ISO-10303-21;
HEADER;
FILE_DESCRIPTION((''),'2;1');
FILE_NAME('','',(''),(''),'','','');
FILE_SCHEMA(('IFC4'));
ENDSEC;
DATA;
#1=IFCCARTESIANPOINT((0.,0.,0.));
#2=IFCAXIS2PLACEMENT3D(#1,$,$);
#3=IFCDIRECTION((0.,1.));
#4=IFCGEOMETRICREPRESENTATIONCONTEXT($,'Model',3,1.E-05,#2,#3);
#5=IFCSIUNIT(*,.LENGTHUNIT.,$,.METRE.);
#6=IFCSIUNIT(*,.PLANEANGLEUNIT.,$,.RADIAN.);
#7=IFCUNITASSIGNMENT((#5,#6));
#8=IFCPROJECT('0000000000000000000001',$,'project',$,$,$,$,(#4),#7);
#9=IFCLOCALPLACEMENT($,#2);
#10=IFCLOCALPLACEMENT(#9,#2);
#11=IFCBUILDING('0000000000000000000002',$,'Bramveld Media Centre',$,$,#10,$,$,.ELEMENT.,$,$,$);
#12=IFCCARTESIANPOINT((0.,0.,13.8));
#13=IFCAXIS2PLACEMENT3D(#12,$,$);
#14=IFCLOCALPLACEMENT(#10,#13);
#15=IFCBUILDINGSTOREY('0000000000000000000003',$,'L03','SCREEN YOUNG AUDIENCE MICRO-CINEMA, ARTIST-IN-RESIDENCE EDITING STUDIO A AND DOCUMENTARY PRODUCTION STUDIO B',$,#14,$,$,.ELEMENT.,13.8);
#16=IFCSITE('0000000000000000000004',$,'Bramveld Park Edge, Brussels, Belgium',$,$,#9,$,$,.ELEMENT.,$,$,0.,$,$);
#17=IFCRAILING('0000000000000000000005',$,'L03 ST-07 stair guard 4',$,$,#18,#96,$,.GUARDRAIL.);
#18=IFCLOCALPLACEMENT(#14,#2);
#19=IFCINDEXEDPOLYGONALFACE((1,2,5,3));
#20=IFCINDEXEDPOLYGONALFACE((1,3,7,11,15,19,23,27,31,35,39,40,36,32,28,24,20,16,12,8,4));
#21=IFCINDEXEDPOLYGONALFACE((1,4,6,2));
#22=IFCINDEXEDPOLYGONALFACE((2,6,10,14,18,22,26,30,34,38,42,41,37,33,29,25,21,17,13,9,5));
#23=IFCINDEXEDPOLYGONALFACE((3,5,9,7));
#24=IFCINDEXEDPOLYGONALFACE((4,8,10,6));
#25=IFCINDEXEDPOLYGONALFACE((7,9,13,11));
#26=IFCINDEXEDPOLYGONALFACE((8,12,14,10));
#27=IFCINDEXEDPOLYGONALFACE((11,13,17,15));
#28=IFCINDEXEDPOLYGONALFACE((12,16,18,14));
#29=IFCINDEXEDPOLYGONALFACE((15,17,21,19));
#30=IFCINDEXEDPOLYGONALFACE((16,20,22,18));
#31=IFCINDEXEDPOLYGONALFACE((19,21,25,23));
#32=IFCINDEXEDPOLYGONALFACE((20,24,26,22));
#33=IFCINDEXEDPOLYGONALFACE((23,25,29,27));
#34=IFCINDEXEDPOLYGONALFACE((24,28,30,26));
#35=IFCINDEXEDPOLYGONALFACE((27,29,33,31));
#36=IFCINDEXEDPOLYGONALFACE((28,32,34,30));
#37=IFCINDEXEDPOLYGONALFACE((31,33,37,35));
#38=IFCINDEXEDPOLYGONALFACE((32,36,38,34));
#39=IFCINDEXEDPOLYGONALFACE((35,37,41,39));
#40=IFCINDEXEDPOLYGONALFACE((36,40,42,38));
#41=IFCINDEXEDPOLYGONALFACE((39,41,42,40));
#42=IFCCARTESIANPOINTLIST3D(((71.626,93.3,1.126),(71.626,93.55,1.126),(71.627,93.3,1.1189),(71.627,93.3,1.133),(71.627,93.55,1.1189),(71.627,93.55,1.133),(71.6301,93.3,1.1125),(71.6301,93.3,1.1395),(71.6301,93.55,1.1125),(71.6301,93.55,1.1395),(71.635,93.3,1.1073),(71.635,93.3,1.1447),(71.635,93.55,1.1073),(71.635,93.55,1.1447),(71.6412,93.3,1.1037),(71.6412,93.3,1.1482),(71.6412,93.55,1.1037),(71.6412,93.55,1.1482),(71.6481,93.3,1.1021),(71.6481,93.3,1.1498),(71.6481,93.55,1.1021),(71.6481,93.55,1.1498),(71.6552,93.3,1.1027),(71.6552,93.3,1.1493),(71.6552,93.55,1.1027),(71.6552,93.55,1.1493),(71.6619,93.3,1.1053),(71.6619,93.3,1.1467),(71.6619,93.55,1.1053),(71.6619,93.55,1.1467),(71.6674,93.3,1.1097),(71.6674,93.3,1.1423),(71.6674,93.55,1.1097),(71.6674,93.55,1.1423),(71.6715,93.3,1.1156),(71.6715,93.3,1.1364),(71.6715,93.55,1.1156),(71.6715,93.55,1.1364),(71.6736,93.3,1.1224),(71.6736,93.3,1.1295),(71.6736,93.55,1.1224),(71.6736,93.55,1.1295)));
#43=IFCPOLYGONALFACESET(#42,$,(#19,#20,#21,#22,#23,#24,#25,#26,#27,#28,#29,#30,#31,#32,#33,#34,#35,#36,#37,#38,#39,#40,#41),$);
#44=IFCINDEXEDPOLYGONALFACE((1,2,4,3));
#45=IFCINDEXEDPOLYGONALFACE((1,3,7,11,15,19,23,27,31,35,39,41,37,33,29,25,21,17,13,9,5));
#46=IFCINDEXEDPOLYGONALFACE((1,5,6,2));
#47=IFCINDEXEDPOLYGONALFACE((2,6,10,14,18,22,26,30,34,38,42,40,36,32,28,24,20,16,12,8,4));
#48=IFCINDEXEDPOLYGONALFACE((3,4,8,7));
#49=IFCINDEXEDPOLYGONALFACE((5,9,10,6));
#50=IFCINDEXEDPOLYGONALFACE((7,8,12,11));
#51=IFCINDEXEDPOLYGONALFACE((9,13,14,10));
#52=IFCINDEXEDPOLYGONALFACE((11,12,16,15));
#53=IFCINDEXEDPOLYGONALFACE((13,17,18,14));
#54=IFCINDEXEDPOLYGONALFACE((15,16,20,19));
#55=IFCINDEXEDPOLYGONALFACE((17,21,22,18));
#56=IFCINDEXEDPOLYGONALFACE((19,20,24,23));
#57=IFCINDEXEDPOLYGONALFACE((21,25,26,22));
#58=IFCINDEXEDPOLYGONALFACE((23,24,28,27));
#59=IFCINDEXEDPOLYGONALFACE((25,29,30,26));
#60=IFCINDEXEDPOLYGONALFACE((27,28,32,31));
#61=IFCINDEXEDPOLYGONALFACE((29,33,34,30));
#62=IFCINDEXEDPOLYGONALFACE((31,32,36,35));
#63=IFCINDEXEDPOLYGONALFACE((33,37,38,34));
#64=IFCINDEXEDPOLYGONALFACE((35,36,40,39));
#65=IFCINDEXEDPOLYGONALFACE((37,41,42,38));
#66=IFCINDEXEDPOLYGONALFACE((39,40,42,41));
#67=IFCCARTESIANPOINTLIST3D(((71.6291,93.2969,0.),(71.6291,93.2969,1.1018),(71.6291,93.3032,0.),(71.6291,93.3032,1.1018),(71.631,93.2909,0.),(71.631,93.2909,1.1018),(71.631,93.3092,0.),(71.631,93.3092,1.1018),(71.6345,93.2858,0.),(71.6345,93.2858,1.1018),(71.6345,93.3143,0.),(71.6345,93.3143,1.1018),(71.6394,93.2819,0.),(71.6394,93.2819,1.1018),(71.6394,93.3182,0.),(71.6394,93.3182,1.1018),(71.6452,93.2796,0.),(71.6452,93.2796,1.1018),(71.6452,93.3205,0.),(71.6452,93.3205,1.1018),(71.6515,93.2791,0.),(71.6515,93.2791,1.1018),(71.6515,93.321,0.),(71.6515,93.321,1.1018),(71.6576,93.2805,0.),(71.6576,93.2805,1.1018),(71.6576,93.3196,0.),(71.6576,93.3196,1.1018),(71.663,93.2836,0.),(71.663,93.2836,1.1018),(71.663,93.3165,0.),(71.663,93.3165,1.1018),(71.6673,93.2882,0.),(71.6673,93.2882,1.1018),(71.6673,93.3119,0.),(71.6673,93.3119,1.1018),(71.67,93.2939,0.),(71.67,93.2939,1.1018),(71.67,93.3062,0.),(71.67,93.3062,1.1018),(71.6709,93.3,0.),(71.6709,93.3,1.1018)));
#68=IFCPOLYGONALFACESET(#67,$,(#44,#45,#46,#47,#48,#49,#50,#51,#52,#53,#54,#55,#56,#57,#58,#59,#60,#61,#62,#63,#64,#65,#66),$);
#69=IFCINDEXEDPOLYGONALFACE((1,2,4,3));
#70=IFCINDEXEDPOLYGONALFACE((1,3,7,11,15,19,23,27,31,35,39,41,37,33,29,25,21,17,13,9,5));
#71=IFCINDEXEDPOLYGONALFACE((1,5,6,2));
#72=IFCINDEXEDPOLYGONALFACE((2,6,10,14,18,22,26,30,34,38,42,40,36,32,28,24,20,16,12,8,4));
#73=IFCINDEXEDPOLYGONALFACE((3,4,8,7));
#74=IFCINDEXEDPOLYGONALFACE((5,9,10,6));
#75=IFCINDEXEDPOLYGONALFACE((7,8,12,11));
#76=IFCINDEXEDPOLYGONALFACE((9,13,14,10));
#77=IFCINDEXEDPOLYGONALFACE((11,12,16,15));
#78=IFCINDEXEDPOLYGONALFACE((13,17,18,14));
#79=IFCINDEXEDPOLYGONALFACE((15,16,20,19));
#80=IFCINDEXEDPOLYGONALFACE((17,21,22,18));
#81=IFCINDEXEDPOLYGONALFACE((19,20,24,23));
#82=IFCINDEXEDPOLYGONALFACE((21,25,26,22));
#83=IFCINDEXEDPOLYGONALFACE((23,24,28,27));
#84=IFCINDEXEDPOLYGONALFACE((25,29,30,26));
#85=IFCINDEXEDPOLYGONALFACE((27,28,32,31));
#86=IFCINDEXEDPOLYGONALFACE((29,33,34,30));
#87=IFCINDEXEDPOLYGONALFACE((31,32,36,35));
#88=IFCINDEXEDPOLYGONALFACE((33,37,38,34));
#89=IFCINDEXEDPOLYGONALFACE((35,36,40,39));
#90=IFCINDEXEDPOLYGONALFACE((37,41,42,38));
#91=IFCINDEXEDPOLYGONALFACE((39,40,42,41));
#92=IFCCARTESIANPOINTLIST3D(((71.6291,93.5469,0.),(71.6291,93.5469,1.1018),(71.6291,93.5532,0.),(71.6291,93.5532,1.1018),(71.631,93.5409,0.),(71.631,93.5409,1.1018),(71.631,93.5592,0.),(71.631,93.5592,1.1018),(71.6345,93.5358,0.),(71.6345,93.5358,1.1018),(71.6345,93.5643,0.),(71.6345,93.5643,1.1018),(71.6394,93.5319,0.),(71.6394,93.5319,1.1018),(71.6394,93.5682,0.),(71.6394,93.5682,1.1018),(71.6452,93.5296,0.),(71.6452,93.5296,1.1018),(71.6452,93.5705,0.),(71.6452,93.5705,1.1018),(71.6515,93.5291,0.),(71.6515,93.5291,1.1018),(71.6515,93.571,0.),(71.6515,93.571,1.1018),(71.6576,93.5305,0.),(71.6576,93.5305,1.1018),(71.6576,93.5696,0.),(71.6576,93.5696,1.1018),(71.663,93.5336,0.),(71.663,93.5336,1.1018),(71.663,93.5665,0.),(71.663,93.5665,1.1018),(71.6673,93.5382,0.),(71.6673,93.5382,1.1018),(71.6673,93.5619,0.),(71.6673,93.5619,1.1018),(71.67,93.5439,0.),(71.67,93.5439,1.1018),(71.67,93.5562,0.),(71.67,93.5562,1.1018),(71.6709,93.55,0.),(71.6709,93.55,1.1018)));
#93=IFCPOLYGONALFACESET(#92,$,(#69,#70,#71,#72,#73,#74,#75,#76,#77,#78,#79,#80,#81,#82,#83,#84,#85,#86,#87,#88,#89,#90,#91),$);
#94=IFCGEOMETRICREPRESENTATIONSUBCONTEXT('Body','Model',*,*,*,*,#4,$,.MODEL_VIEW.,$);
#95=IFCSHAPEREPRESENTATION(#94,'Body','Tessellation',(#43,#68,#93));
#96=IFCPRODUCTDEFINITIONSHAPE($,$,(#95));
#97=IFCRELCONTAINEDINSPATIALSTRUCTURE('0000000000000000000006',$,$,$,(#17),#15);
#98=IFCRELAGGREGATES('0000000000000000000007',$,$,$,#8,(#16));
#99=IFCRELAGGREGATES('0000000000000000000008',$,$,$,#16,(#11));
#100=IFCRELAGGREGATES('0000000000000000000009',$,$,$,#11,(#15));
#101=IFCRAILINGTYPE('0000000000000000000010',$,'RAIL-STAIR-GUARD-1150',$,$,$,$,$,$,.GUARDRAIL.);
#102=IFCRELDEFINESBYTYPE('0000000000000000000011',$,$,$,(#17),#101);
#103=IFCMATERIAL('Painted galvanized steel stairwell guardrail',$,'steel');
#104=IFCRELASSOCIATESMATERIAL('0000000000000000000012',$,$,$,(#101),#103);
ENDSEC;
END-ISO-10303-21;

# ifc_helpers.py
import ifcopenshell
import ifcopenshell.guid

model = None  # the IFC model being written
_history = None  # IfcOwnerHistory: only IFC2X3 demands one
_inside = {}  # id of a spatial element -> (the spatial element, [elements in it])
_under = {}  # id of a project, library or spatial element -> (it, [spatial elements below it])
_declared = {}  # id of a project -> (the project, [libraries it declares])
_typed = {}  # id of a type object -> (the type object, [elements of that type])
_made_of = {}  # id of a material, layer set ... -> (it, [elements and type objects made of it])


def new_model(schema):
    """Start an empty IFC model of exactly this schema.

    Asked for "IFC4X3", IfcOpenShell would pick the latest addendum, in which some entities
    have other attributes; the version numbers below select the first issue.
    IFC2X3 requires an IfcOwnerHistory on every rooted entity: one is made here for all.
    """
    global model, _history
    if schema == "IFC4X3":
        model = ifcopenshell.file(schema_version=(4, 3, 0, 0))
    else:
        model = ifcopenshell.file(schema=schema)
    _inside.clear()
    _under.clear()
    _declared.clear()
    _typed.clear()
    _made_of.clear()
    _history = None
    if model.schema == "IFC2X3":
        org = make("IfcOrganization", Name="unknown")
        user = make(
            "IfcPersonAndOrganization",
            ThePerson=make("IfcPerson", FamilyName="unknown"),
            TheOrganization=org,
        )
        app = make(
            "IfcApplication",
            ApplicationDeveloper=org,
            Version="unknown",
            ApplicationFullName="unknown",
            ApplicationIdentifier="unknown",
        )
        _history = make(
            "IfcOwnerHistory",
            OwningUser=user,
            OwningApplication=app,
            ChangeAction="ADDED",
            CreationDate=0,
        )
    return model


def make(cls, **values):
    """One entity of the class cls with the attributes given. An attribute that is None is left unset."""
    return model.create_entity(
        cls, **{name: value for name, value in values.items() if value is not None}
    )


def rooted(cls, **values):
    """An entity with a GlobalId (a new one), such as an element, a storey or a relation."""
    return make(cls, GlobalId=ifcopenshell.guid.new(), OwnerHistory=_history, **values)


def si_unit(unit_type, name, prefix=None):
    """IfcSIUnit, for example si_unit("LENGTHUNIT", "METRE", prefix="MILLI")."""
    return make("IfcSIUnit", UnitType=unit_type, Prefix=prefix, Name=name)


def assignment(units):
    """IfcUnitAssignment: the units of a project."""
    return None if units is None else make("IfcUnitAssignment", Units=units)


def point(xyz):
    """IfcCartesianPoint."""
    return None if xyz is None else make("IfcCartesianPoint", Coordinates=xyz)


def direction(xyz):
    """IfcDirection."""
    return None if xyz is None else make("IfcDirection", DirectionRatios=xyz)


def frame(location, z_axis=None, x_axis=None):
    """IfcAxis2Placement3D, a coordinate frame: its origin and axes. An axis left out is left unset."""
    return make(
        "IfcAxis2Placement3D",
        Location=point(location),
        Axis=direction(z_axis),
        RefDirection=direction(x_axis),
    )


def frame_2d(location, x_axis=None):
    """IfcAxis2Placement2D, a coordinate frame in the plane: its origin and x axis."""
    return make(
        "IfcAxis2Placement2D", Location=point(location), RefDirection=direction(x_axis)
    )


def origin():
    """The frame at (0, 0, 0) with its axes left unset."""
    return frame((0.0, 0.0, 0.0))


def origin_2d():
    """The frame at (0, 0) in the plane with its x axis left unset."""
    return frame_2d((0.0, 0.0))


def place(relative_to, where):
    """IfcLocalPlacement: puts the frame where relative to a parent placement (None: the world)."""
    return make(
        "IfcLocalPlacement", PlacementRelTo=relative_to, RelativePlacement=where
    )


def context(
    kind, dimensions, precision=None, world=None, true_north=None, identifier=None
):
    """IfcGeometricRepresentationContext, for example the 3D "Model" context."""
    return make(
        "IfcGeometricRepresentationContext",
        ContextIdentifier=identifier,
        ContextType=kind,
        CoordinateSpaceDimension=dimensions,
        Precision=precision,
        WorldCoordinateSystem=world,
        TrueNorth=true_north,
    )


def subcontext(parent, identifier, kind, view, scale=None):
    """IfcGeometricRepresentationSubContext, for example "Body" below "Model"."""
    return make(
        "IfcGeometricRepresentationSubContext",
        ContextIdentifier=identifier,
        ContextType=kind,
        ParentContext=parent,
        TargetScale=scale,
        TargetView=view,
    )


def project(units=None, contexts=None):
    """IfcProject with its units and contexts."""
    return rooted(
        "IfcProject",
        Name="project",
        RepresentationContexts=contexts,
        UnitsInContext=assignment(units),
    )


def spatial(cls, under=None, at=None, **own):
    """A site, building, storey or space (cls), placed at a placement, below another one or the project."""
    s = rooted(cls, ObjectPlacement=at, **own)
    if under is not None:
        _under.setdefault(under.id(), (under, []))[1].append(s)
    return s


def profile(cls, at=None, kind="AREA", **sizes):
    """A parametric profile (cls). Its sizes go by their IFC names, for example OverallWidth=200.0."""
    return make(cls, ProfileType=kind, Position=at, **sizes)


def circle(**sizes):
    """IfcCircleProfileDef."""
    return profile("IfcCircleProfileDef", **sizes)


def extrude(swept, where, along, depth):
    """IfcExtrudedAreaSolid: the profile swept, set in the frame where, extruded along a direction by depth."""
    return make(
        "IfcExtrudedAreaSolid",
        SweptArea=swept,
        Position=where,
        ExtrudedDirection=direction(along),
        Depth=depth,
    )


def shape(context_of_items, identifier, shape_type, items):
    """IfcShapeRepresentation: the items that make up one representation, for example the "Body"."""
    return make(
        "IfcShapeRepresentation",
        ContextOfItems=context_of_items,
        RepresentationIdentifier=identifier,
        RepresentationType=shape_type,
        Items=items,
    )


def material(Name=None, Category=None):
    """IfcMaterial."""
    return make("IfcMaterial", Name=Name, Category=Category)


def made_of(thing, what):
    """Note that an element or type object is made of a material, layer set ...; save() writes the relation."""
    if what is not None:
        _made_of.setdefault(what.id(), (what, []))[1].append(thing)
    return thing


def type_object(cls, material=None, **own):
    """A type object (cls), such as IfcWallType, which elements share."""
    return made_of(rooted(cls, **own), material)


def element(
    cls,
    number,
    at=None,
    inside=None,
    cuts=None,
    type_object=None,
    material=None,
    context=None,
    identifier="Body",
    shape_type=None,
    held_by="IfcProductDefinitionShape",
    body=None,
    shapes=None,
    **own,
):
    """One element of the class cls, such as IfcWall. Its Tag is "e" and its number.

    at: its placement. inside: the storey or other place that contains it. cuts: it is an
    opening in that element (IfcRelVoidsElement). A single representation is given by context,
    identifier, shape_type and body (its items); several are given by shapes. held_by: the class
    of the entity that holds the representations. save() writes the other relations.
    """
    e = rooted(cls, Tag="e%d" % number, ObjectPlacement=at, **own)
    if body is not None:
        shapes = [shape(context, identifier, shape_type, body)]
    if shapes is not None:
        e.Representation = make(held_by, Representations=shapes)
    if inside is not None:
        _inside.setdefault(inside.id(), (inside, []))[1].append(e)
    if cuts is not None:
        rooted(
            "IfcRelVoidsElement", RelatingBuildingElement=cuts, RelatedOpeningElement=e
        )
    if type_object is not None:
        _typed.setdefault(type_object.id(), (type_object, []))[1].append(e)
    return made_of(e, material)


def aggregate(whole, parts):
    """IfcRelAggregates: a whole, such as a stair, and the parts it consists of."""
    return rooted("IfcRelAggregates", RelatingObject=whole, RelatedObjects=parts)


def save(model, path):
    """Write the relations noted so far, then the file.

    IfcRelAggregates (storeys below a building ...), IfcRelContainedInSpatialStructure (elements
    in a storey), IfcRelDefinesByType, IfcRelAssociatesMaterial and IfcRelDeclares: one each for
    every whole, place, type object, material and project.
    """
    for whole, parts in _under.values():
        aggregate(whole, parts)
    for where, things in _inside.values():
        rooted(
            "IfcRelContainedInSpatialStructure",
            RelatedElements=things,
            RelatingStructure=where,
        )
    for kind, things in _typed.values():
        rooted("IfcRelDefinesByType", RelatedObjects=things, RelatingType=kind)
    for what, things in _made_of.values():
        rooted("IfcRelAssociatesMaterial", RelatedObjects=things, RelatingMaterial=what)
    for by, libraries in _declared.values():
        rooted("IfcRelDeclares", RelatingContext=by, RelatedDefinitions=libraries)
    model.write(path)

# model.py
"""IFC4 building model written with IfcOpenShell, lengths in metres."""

from ifc_helpers import new_model, si_unit, direction, frame, origin, origin_2d, place, context, subcontext, project, spatial, circle, extrude, material, type_object, element, save


model = new_model("IFC4")

# Units and contexts
model_context = context("Model", 3, precision=1e-05, world=origin(), true_north=direction((0.0, 1.0)))
body_context = subcontext(model_context, "Body", "Model", "MODEL_VIEW")
ifc_project = project(units=[si_unit("LENGTHUNIT", "METRE"), si_unit("PLANEANGLEUNIT", "RADIAN")], contexts=[model_context])

# Site, building, storey
site_placement = place(None, origin())
site = spatial("IfcSite", under=ifc_project, at=site_placement, Name="Bramveld Park Edge, Brussels, Belgium", CompositionType="ELEMENT", RefElevation=0.0)
building_placement = place(site_placement, origin())
building = spatial("IfcBuilding", under=site, at=building_placement, Name="Bramveld Media Centre", CompositionType="ELEMENT")
storey_placement = place(building_placement, frame((0.0, 0.0, 13.8)))
storey = spatial("IfcBuildingStorey", under=building, at=storey_placement, Name="L03", Description="SCREEN YOUNG AUDIENCE MICRO-CINEMA, ARTIST-IN-RESIDENCE EDITING STUDIO A AND DOCUMENTARY PRODUCTION STUDIO B", CompositionType="ELEMENT", Elevation=13.8)

# Railing
ifc_material_1 = material(Name="Painted galvanized steel stairwell guardrail", Category="steel")
railing_type_1 = type_object("IfcRailingType", Name="RAIL-STAIR-GUARD-1150", PredefinedType="GUARDRAIL", material=ifc_material_1)
railing_1_placement = place(storey_placement, frame((71.6499, 93.3, 0.0)))
element("IfcRailing", 1, at=railing_1_placement, inside=storey, type_object=railing_type_1, Name="L03 ST-07 stair guard 4", PredefinedType="GUARDRAIL", context=body_context, shape_type="SweptSolid", body=[
    extrude(circle(Radius=0.0239, at=origin_2d()), frame((0.0, 0.0, 1.126), z_axis=(0.0, 1.0, 0.0), x_axis=(-1.0, 0.0, 0.0)), (0.0, 0.0, 1.0), 0.25),
    extrude(circle(Radius=0.021, at=origin_2d()), origin(), (0.0, 0.0, 1.0), 1.1018),
    extrude(circle(Radius=0.021, at=origin_2d()), frame((0.0, 0.25, 0.0)), (0.0, 0.0, 1.0), 1.1018),
])

save(model, "model.ifc")
